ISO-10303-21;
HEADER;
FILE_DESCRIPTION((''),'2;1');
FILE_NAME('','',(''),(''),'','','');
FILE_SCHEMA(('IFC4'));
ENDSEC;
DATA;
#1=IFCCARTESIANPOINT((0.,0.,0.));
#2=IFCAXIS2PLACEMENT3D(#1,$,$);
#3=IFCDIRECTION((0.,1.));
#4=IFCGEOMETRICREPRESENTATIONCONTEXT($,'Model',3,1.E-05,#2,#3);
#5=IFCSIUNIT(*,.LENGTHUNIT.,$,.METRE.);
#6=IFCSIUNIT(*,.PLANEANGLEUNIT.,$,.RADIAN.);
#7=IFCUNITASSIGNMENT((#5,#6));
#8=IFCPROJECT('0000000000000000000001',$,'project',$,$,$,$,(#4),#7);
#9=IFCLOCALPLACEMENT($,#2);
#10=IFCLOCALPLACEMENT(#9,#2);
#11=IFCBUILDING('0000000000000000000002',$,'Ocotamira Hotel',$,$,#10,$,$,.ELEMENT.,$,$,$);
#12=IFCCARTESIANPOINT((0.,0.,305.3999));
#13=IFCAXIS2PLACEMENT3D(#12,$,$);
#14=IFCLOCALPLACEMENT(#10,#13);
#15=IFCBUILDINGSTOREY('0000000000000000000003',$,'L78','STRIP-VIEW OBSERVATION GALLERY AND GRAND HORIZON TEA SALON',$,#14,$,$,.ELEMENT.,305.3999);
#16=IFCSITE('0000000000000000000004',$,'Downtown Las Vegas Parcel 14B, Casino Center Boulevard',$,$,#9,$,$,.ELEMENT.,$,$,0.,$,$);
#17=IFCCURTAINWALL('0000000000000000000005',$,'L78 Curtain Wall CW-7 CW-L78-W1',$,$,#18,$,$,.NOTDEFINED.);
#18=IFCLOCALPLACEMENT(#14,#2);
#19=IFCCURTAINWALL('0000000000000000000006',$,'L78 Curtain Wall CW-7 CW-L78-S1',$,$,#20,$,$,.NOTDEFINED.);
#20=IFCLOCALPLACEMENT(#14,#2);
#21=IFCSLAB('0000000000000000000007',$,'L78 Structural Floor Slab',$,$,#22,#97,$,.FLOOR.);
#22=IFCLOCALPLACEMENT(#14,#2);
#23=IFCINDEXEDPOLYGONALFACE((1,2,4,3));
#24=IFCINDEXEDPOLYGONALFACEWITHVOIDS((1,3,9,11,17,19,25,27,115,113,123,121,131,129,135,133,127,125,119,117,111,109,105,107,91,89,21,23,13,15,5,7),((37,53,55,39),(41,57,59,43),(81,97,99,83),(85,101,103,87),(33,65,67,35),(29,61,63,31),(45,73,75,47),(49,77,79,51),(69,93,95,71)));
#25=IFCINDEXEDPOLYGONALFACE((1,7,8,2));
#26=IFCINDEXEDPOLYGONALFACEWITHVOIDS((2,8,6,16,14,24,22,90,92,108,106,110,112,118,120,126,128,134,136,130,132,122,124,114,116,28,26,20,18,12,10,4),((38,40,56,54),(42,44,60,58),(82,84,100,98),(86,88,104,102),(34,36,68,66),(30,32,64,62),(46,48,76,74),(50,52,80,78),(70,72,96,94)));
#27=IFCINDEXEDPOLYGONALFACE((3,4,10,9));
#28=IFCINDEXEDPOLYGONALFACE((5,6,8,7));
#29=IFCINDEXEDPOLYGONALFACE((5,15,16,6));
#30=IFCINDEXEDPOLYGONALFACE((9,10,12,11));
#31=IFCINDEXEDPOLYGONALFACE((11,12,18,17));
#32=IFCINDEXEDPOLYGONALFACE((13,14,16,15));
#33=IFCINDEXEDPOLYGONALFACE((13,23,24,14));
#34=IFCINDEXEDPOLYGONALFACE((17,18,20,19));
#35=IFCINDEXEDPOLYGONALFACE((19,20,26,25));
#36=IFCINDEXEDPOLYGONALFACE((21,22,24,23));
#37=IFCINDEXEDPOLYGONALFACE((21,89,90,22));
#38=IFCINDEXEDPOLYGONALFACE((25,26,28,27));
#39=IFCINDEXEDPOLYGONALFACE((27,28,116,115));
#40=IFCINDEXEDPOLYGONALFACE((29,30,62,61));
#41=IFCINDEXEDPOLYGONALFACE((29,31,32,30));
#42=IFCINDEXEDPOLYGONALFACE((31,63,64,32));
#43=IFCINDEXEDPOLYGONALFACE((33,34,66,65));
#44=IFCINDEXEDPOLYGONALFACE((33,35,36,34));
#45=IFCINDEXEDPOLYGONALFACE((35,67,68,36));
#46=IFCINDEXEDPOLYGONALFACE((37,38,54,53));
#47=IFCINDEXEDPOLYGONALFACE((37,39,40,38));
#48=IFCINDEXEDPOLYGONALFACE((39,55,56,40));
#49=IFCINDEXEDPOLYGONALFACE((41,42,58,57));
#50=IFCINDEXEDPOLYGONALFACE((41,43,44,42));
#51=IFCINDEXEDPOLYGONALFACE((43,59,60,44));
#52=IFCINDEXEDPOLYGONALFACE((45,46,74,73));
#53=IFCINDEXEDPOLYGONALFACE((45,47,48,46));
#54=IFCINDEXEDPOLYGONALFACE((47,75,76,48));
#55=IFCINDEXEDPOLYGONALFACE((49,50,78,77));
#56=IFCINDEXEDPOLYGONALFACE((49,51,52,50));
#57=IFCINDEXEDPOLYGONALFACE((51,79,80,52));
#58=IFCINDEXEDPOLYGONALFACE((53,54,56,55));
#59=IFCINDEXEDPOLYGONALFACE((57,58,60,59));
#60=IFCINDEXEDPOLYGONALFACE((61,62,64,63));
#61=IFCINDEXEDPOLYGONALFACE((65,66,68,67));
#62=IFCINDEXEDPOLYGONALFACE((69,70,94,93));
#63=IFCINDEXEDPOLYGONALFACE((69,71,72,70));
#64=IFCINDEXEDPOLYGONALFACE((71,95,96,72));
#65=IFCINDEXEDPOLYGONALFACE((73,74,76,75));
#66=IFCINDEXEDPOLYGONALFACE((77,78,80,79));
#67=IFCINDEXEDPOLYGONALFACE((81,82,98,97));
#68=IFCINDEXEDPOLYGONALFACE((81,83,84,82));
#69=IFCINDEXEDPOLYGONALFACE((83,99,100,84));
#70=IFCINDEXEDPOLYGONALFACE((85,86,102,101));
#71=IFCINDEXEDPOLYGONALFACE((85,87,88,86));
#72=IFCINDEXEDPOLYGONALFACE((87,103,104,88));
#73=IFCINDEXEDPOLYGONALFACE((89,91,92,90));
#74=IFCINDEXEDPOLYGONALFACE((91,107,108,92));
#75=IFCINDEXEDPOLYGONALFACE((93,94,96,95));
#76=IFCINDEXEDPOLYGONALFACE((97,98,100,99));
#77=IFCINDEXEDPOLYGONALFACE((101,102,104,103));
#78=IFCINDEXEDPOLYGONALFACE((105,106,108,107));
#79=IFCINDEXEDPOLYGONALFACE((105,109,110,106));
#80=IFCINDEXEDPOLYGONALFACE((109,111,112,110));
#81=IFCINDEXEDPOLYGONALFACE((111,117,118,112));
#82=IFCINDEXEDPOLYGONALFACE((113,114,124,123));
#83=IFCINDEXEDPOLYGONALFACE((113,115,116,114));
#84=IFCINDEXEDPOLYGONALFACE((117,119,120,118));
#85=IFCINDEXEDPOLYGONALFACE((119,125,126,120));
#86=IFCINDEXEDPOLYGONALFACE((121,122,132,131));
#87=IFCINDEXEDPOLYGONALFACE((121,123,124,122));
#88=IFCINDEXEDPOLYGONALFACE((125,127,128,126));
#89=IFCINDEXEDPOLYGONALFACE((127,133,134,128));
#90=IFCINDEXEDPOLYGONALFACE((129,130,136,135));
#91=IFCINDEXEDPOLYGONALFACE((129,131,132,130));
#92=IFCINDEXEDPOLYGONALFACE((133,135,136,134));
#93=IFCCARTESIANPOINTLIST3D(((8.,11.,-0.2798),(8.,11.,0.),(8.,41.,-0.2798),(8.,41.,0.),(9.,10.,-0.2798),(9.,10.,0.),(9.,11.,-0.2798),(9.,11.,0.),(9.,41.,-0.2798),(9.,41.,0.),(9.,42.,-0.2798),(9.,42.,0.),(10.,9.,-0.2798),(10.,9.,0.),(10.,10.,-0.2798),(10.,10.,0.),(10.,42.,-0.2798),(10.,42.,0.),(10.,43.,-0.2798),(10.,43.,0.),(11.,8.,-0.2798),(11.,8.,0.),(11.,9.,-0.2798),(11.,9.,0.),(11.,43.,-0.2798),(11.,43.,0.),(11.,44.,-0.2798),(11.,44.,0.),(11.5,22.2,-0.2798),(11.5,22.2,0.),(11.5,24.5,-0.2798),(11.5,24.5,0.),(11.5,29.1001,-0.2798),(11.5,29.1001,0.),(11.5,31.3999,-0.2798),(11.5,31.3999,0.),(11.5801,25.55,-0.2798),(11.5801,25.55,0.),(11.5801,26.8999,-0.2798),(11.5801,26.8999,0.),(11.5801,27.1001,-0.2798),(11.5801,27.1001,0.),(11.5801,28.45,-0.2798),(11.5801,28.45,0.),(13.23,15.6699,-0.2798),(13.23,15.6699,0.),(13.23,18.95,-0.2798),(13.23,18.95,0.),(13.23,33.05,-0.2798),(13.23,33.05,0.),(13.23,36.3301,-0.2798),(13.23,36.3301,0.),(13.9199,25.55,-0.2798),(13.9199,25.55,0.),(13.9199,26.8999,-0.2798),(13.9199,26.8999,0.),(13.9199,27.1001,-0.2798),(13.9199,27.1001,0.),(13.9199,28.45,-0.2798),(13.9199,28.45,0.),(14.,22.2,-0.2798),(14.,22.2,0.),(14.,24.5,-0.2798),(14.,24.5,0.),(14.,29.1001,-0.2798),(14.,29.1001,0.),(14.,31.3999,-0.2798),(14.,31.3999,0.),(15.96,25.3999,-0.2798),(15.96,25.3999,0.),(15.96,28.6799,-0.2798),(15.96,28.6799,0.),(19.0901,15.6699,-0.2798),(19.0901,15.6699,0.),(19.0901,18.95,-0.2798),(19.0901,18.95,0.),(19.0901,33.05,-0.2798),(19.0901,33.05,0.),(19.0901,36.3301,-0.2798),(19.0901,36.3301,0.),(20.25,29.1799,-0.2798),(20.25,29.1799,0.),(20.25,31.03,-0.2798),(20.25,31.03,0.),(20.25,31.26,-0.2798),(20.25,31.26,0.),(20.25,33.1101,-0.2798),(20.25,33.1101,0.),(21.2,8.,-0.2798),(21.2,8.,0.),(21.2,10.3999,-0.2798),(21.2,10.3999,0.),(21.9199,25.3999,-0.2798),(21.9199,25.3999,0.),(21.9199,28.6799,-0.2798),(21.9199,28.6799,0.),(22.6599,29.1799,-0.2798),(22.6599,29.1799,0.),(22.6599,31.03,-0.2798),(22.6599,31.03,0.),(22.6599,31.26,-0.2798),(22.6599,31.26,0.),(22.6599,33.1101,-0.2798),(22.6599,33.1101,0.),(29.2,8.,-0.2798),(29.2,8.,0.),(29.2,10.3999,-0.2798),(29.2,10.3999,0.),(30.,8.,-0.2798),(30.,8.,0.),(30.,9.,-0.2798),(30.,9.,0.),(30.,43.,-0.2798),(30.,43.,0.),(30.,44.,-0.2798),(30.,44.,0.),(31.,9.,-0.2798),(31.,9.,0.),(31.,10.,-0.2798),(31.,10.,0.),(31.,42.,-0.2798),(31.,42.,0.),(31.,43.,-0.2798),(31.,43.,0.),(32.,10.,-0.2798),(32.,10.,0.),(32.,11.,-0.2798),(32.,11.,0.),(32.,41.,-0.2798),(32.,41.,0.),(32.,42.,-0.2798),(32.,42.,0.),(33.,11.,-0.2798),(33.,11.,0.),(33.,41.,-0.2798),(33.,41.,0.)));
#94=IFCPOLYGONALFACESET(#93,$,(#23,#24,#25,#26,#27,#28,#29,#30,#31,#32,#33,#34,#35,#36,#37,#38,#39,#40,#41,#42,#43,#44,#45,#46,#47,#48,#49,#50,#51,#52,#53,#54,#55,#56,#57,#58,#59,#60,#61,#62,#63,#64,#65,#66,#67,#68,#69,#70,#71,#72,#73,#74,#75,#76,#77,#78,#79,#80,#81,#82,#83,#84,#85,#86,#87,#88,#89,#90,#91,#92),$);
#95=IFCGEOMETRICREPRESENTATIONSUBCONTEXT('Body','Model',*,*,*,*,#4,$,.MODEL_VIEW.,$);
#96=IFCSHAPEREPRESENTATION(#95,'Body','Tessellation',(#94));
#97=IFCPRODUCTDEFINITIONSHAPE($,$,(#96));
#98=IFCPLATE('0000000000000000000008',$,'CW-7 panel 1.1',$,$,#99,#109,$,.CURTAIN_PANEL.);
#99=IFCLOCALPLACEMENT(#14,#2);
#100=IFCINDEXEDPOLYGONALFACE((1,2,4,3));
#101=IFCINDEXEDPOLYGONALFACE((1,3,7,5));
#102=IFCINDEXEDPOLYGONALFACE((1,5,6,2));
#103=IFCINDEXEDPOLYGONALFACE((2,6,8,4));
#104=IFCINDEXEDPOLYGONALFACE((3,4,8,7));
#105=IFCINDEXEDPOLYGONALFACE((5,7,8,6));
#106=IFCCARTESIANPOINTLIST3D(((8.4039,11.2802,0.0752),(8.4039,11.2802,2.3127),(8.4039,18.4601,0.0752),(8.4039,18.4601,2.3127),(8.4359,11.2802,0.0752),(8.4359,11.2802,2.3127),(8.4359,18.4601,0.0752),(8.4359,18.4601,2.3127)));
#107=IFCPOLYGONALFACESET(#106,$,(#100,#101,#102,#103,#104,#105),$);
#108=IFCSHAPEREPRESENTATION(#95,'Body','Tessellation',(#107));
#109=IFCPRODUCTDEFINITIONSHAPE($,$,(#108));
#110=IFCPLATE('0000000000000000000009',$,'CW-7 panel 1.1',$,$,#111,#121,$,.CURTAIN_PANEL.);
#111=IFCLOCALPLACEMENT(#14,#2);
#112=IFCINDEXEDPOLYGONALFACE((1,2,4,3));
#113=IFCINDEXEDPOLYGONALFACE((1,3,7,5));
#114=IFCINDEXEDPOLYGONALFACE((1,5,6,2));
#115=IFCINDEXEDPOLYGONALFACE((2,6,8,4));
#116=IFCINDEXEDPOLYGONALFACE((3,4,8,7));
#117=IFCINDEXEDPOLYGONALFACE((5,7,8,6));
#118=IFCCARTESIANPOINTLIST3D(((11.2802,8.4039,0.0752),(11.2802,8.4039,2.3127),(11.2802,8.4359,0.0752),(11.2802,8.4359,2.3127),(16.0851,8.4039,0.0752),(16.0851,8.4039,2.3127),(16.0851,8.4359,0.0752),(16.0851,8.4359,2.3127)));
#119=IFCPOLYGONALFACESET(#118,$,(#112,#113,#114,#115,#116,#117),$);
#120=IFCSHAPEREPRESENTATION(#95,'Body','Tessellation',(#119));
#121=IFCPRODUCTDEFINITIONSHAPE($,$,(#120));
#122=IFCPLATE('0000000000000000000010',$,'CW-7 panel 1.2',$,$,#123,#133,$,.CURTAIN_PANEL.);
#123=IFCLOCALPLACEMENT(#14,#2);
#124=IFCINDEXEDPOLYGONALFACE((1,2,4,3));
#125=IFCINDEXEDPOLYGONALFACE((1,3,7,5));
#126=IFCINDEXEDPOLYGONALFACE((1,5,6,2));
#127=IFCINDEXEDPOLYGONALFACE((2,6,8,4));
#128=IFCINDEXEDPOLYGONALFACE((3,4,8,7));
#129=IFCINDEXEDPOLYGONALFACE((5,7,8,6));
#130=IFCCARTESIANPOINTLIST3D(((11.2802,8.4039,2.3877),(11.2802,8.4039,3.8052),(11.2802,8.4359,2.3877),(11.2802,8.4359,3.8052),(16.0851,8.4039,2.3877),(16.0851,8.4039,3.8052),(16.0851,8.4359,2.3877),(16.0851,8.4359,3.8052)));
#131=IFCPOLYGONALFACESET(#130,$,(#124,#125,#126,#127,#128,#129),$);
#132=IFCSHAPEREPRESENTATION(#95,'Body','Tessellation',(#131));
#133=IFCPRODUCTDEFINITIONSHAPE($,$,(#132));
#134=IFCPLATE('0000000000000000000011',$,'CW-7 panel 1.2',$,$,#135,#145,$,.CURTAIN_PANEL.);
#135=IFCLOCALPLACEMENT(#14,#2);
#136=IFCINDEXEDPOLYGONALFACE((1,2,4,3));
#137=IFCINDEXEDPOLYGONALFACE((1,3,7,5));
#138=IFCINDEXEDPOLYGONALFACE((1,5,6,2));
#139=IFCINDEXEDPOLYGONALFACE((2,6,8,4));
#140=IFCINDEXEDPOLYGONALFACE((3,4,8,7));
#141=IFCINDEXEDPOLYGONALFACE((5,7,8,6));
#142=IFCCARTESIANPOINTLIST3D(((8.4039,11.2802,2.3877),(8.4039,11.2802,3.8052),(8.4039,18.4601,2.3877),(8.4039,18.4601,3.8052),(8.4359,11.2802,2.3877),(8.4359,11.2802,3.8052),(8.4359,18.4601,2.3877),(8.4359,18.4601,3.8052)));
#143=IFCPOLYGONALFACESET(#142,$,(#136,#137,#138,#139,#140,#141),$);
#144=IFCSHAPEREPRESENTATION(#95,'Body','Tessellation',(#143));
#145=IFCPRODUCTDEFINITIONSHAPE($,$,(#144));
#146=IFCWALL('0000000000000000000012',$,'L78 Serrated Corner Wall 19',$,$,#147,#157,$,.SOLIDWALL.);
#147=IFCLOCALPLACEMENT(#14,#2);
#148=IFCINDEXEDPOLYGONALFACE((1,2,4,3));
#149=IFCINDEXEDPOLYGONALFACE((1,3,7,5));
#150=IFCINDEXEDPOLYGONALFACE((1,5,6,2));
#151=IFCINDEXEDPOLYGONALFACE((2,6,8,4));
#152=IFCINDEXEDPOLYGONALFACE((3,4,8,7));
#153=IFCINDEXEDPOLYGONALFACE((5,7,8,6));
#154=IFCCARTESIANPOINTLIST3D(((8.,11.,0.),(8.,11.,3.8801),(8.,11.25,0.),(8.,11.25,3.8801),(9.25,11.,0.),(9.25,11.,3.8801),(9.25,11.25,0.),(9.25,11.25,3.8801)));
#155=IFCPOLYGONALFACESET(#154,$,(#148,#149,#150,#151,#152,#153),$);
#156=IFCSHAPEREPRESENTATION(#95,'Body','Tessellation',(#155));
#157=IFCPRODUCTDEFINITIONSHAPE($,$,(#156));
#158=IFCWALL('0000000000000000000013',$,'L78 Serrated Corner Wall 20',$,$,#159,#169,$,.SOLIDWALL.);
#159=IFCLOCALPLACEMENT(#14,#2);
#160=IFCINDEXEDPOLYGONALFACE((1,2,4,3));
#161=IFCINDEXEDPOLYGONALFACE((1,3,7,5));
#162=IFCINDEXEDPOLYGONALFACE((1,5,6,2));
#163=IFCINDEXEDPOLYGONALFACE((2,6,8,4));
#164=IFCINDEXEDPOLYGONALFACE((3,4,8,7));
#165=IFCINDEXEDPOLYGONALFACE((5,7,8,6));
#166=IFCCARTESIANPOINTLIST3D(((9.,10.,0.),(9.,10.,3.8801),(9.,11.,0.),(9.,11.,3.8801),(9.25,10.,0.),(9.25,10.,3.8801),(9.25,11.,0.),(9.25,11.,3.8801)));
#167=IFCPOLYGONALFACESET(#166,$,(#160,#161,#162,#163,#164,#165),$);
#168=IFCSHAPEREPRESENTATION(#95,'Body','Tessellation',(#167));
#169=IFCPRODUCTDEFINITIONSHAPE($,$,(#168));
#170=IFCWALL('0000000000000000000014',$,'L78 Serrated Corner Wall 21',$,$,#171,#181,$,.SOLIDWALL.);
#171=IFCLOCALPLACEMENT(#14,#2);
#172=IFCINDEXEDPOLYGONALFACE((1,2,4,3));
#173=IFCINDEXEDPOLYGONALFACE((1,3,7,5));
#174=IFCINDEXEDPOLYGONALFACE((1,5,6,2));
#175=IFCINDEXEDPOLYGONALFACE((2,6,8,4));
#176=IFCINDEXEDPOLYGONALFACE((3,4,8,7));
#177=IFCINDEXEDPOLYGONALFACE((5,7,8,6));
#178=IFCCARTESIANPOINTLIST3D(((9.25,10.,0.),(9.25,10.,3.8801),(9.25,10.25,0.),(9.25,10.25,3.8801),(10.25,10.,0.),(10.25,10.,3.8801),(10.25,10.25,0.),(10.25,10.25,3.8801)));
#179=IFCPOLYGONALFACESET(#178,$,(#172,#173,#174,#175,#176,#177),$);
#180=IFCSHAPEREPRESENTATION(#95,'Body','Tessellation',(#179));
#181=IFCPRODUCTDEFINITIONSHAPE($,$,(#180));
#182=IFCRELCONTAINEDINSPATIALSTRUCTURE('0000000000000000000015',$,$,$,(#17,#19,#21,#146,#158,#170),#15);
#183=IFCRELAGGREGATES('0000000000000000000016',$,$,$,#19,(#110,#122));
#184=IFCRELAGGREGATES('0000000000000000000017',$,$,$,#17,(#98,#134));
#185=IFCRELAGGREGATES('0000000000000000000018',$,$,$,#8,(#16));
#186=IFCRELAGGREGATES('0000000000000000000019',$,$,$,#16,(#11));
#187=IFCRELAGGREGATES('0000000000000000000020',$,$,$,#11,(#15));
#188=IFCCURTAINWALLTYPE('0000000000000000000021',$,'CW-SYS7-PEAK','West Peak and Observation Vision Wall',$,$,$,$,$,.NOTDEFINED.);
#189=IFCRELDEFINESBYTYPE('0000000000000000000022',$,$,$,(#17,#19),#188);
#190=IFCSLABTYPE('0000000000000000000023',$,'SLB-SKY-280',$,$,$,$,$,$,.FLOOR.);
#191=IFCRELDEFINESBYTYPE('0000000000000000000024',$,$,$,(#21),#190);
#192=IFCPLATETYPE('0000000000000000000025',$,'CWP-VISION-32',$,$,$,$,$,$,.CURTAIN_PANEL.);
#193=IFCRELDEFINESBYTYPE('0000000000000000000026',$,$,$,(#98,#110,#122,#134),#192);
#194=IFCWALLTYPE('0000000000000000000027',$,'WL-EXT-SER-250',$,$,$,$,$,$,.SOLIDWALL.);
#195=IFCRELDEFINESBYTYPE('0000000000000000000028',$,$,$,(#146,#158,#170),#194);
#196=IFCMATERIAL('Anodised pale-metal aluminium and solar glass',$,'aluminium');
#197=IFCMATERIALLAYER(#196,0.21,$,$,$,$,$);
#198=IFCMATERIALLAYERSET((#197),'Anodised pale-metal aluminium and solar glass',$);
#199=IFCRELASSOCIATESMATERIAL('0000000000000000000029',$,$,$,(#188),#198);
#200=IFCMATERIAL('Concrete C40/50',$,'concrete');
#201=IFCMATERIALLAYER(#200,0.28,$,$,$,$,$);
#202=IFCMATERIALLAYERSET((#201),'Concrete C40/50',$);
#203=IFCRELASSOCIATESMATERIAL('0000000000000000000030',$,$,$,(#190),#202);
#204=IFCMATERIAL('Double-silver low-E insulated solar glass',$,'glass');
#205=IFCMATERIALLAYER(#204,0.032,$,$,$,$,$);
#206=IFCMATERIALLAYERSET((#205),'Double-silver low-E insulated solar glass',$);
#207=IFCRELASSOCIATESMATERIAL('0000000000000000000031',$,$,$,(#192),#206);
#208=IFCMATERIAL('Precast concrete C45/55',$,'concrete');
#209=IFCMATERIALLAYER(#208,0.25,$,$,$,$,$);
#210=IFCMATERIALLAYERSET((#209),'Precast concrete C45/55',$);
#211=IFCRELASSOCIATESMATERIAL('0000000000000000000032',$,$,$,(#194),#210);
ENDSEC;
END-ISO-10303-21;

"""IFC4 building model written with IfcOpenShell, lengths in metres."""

from ifc_helpers import new_model, si_unit, direction, frame, frame_2d, origin, origin_2d, place, context, subcontext, project, spatial, polyline, rectangle, outline, extrude, source, transform, mapped, material, layer, layer_set, type_object, element, aggregate, save


model = new_model("IFC4")

# Units and contexts
model_context = context("Model", 3, precision=1e-05, world=origin(), true_north=direction((0.0, 1.0)))
body_context = subcontext(model_context, "Body", "Model", "MODEL_VIEW")
ifc_project = project(units=[si_unit("LENGTHUNIT", "METRE"), si_unit("PLANEANGLEUNIT", "RADIAN")], contexts=[model_context])

# Site, building, storey
site_placement = place(None, origin())
site = spatial("IfcSite", under=ifc_project, at=site_placement, Name="Downtown Las Vegas Parcel 14B, Casino Center Boulevard", CompositionType="ELEMENT", RefElevation=0.0)
building_placement = place(site_placement, origin())
building = spatial("IfcBuilding", under=site, at=building_placement, Name="Ocotamira Hotel", CompositionType="ELEMENT")
storey_placement = place(building_placement, frame((0.0, 0.0, 305.3999)))
storey = spatial("IfcBuildingStorey", under=building, at=storey_placement, Name="L78", Description="STRIP-VIEW OBSERVATION GALLERY AND GRAND HORIZON TEA SALON", CompositionType="ELEMENT", Elevation=305.3999)

# Curtain walls
ifc_material_1 = material(Name="Anodised pale-metal aluminium and solar glass", Category="aluminium")
ifc_layer_1 = layer(ifc_material_1, 0.21)
ifc_layer_set_1 = layer_set([ifc_layer_1], Name="Anodised pale-metal aluminium and solar glass")
curtain_wall_type = type_object("IfcCurtainWallType", Name="CW-SYS7-PEAK", Description="West Peak and Observation Vision Wall", PredefinedType="NOTDEFINED", material=ifc_layer_set_1)
curtain_wall_1_placement = place(storey_placement, origin())
curtain_wall_1 = element("IfcCurtainWall", 1, at=curtain_wall_1_placement, inside=storey, type_object=curtain_wall_type, Name="L78 Curtain Wall CW-7 CW-L78-W1", PredefinedType="NOTDEFINED")
curtain_wall_2_placement = place(storey_placement, origin())
curtain_wall_2 = element("IfcCurtainWall", 2, at=curtain_wall_2_placement, inside=storey, type_object=curtain_wall_type, Name="L78 Curtain Wall CW-7 CW-L78-S1", PredefinedType="NOTDEFINED")

# Shared definitions
ifc_material_2 = material(Name="Concrete C40/50", Category="concrete")

# Slab
ifc_layer_2 = layer(ifc_material_2, 0.28)
ifc_layer_set_2 = layer_set([ifc_layer_2], Name="Concrete C40/50")
slab_type_1 = type_object("IfcSlabType", Name="SLB-SKY-280", PredefinedType="FLOOR", material=ifc_layer_set_2)
slab_1_placement = place(storey_placement, frame((0.0, 0.0, -0.2798)))
element("IfcSlab", 3, at=slab_1_placement, inside=storey, type_object=slab_type_1, Name="L78 Structural Floor Slab", PredefinedType="FLOOR", context=body_context, shape_type="SweptSolid", body=[
    extrude(outline(polyline([(11.0, 8.0), (11.0, 9.0), (10.0, 9.0), (10.0, 10.0), (9.0, 10.0), (9.0, 11.0), (8.0, 11.0), (8.0, 41.0), (9.0, 41.0), (9.0, 42.0), (10.0, 42.0), (10.0, 43.0), (11.0, 43.0), (11.0, 44.0), (30.0, 44.0), (30.0, 43.0), (31.0, 43.0), (31.0, 42.0), (32.0, 42.0), (32.0, 41.0), (33.0, 41.0), (33.0, 11.0), (32.0, 11.0), (32.0, 10.0), (31.0, 10.0), (31.0, 9.0), (30.0, 9.0), (30.0, 8.0), (29.2, 8.0), (29.2, 10.3999), (21.2, 10.3999), (21.2, 8.0), (11.0, 8.0)]), holes=[polyline([(13.23, 15.6699), (19.0901, 15.6699), (19.0901, 18.95), (13.23, 18.95), (13.23, 15.6699)]), polyline([(13.23, 33.05), (19.0901, 33.05), (19.0901, 36.3301), (13.23, 36.3301), (13.23, 33.05)]), polyline([(15.96, 25.3999), (21.9199, 25.3999), (21.9199, 28.6799), (15.96, 28.6799), (15.96, 25.3999)]), polyline([(20.25, 29.1799), (22.6599, 29.1799), (22.6599, 31.03), (20.25, 31.03), (20.25, 29.1799)]), polyline([(20.25, 31.26), (22.6599, 31.26), (22.6599, 33.1101), (20.25, 33.1101), (20.25, 31.26)]), polyline([(11.5, 22.2), (14.0, 22.2), (14.0, 24.5), (11.5, 24.5), (11.5, 22.2)]), polyline([(11.5, 29.1001), (14.0, 29.1001), (14.0, 31.3999), (11.5, 31.3999), (11.5, 29.1001)]), polyline([(11.5801, 25.55), (13.9199, 25.55), (13.9199, 26.8999), (11.5801, 26.8999), (11.5801, 25.55)]), polyline([(11.5801, 27.1001), (13.9199, 27.1001), (13.9199, 28.45), (11.5801, 28.45), (11.5801, 27.1001)])]), origin(), (0.0, 0.0, 1.0), 0.2798),
])

# Plates
ifc_material_3 = material(Name="Double-silver low-E insulated solar glass", Category="glass")
ifc_layer_3 = layer(ifc_material_3, 0.032)
ifc_layer_set_3 = layer_set([ifc_layer_3], Name="Double-silver low-E insulated solar glass")
plate_type = type_object("IfcPlateType", Name="CWP-VISION-32", PredefinedType="CURTAIN_PANEL", material=ifc_layer_set_3)
shared_shape_1 = source(origin(), body_context, "Body", "SweptSolid", [
    extrude(rectangle(XDim=7.1799, YDim=0.032, at=origin_2d()), origin(), (0.0, 0.0, 1.0), 2.2375),
])
plate_1_placement = place(storey_placement, frame((8.4199, 14.8701, 0.0752), z_axis=(0.0, 0.0, 1.0), x_axis=(0.0, 1.0, 0.0)))
plate_1 = element("IfcPlate", 4, at=plate_1_placement, type_object=plate_type, Name="CW-7 panel 1.1", PredefinedType="CURTAIN_PANEL", context=body_context, shape_type="MappedRepresentation", body=[
    mapped(shared_shape_1, transform((0.0, 0.0, 0.0), scale=1.0)),
])
shared_shape_2 = source(origin(), body_context, "Body", "SweptSolid", [
    extrude(rectangle(XDim=4.8049, YDim=0.032, at=origin_2d()), origin(), (0.0, 0.0, 1.0), 2.2375),
])
plate_2_placement = place(storey_placement, frame((13.6826, 8.4199, 0.0752), z_axis=(0.0, 0.0, 1.0), x_axis=(1.0, 0.0, 0.0)))
plate_2 = element("IfcPlate", 5, at=plate_2_placement, type_object=plate_type, Name="CW-7 panel 1.1", PredefinedType="CURTAIN_PANEL", context=body_context, shape_type="MappedRepresentation", body=[
    mapped(shared_shape_2, transform((0.0, 0.0, 0.0), scale=1.0)),
])
shared_shape_3 = source(origin(), body_context, "Body", "SweptSolid", [
    extrude(rectangle(XDim=4.8049, YDim=0.032, at=origin_2d()), origin(), (0.0, 0.0, 1.0), 1.4175),
])
plate_3_placement = place(storey_placement, frame((13.6826, 8.4199, 2.3877), z_axis=(0.0, 0.0, 1.0), x_axis=(1.0, 0.0, 0.0)))
plate_3 = element("IfcPlate", 6, at=plate_3_placement, type_object=plate_type, Name="CW-7 panel 1.2", PredefinedType="CURTAIN_PANEL", context=body_context, shape_type="MappedRepresentation", body=[
    mapped(shared_shape_3, transform((0.0, 0.0, 0.0), scale=1.0)),
])
aggregate(curtain_wall_2, [plate_2, plate_3])
shared_shape_4 = source(origin(), body_context, "Body", "SweptSolid", [
    extrude(rectangle(XDim=7.1799, YDim=0.032, at=origin_2d()), origin(), (0.0, 0.0, 1.0), 1.4175),
])
plate_4_placement = place(storey_placement, frame((8.4199, 14.8701, 2.3877), z_axis=(0.0, 0.0, 1.0), x_axis=(0.0, 1.0, 0.0)))
plate_4 = element("IfcPlate", 7, at=plate_4_placement, type_object=plate_type, Name="CW-7 panel 1.2", PredefinedType="CURTAIN_PANEL", context=body_context, shape_type="MappedRepresentation", body=[
    mapped(shared_shape_4, transform((0.0, 0.0, 0.0), scale=1.0)),
])
aggregate(curtain_wall_1, [plate_1, plate_4])

# Walls
ifc_material_4 = material(Name="Precast concrete C45/55", Category="concrete")
ifc_layer_4 = layer(ifc_material_4, 0.25)
ifc_layer_set_4 = layer_set([ifc_layer_4], Name="Precast concrete C45/55")
wall_type_1 = type_object("IfcWallType", Name="WL-EXT-SER-250", PredefinedType="SOLIDWALL", material=ifc_layer_set_4)
wall_1_placement = place(storey_placement, frame((8.0, 11.125, 0.0), z_axis=(0.0, 0.0, 1.0), x_axis=(1.0, 0.0, 0.0)))
element("IfcWall", 8, at=wall_1_placement, inside=storey, type_object=wall_type_1, Name="L78 Serrated Corner Wall 19", PredefinedType="SOLIDWALL", context=body_context, shape_type="SweptSolid", body=[
    extrude(rectangle(XDim=1.25, YDim=0.25, at=frame_2d((0.625, 0.0))), origin(), (0.0, 0.0, 1.0), 3.8801),
])
for number, where, z_axis, x_axis, name in (
    (9, (9.125, 11.0, 0.0), (0.0, 0.0, 1.0), (0.0, -1.0, 0.0), "L78 Serrated Corner Wall 20"),
    (10, (9.25, 10.125, 0.0), (0.0, 0.0, 1.0), (1.0, 0.0, 0.0), "L78 Serrated Corner Wall 21"),
):
    element("IfcWall", number, at=place(storey_placement, frame(where, z_axis=z_axis, x_axis=x_axis)), inside=storey, type_object=wall_type_1, Name=name, PredefinedType="SOLIDWALL", context=body_context, shape_type="SweptSolid", body=[
        extrude(rectangle(XDim=1.0, YDim=0.25, at=frame_2d((0.5, 0.0))), origin(), (0.0, 0.0, 1.0), 3.8801),
    ])

save(model, "model.ifc")
